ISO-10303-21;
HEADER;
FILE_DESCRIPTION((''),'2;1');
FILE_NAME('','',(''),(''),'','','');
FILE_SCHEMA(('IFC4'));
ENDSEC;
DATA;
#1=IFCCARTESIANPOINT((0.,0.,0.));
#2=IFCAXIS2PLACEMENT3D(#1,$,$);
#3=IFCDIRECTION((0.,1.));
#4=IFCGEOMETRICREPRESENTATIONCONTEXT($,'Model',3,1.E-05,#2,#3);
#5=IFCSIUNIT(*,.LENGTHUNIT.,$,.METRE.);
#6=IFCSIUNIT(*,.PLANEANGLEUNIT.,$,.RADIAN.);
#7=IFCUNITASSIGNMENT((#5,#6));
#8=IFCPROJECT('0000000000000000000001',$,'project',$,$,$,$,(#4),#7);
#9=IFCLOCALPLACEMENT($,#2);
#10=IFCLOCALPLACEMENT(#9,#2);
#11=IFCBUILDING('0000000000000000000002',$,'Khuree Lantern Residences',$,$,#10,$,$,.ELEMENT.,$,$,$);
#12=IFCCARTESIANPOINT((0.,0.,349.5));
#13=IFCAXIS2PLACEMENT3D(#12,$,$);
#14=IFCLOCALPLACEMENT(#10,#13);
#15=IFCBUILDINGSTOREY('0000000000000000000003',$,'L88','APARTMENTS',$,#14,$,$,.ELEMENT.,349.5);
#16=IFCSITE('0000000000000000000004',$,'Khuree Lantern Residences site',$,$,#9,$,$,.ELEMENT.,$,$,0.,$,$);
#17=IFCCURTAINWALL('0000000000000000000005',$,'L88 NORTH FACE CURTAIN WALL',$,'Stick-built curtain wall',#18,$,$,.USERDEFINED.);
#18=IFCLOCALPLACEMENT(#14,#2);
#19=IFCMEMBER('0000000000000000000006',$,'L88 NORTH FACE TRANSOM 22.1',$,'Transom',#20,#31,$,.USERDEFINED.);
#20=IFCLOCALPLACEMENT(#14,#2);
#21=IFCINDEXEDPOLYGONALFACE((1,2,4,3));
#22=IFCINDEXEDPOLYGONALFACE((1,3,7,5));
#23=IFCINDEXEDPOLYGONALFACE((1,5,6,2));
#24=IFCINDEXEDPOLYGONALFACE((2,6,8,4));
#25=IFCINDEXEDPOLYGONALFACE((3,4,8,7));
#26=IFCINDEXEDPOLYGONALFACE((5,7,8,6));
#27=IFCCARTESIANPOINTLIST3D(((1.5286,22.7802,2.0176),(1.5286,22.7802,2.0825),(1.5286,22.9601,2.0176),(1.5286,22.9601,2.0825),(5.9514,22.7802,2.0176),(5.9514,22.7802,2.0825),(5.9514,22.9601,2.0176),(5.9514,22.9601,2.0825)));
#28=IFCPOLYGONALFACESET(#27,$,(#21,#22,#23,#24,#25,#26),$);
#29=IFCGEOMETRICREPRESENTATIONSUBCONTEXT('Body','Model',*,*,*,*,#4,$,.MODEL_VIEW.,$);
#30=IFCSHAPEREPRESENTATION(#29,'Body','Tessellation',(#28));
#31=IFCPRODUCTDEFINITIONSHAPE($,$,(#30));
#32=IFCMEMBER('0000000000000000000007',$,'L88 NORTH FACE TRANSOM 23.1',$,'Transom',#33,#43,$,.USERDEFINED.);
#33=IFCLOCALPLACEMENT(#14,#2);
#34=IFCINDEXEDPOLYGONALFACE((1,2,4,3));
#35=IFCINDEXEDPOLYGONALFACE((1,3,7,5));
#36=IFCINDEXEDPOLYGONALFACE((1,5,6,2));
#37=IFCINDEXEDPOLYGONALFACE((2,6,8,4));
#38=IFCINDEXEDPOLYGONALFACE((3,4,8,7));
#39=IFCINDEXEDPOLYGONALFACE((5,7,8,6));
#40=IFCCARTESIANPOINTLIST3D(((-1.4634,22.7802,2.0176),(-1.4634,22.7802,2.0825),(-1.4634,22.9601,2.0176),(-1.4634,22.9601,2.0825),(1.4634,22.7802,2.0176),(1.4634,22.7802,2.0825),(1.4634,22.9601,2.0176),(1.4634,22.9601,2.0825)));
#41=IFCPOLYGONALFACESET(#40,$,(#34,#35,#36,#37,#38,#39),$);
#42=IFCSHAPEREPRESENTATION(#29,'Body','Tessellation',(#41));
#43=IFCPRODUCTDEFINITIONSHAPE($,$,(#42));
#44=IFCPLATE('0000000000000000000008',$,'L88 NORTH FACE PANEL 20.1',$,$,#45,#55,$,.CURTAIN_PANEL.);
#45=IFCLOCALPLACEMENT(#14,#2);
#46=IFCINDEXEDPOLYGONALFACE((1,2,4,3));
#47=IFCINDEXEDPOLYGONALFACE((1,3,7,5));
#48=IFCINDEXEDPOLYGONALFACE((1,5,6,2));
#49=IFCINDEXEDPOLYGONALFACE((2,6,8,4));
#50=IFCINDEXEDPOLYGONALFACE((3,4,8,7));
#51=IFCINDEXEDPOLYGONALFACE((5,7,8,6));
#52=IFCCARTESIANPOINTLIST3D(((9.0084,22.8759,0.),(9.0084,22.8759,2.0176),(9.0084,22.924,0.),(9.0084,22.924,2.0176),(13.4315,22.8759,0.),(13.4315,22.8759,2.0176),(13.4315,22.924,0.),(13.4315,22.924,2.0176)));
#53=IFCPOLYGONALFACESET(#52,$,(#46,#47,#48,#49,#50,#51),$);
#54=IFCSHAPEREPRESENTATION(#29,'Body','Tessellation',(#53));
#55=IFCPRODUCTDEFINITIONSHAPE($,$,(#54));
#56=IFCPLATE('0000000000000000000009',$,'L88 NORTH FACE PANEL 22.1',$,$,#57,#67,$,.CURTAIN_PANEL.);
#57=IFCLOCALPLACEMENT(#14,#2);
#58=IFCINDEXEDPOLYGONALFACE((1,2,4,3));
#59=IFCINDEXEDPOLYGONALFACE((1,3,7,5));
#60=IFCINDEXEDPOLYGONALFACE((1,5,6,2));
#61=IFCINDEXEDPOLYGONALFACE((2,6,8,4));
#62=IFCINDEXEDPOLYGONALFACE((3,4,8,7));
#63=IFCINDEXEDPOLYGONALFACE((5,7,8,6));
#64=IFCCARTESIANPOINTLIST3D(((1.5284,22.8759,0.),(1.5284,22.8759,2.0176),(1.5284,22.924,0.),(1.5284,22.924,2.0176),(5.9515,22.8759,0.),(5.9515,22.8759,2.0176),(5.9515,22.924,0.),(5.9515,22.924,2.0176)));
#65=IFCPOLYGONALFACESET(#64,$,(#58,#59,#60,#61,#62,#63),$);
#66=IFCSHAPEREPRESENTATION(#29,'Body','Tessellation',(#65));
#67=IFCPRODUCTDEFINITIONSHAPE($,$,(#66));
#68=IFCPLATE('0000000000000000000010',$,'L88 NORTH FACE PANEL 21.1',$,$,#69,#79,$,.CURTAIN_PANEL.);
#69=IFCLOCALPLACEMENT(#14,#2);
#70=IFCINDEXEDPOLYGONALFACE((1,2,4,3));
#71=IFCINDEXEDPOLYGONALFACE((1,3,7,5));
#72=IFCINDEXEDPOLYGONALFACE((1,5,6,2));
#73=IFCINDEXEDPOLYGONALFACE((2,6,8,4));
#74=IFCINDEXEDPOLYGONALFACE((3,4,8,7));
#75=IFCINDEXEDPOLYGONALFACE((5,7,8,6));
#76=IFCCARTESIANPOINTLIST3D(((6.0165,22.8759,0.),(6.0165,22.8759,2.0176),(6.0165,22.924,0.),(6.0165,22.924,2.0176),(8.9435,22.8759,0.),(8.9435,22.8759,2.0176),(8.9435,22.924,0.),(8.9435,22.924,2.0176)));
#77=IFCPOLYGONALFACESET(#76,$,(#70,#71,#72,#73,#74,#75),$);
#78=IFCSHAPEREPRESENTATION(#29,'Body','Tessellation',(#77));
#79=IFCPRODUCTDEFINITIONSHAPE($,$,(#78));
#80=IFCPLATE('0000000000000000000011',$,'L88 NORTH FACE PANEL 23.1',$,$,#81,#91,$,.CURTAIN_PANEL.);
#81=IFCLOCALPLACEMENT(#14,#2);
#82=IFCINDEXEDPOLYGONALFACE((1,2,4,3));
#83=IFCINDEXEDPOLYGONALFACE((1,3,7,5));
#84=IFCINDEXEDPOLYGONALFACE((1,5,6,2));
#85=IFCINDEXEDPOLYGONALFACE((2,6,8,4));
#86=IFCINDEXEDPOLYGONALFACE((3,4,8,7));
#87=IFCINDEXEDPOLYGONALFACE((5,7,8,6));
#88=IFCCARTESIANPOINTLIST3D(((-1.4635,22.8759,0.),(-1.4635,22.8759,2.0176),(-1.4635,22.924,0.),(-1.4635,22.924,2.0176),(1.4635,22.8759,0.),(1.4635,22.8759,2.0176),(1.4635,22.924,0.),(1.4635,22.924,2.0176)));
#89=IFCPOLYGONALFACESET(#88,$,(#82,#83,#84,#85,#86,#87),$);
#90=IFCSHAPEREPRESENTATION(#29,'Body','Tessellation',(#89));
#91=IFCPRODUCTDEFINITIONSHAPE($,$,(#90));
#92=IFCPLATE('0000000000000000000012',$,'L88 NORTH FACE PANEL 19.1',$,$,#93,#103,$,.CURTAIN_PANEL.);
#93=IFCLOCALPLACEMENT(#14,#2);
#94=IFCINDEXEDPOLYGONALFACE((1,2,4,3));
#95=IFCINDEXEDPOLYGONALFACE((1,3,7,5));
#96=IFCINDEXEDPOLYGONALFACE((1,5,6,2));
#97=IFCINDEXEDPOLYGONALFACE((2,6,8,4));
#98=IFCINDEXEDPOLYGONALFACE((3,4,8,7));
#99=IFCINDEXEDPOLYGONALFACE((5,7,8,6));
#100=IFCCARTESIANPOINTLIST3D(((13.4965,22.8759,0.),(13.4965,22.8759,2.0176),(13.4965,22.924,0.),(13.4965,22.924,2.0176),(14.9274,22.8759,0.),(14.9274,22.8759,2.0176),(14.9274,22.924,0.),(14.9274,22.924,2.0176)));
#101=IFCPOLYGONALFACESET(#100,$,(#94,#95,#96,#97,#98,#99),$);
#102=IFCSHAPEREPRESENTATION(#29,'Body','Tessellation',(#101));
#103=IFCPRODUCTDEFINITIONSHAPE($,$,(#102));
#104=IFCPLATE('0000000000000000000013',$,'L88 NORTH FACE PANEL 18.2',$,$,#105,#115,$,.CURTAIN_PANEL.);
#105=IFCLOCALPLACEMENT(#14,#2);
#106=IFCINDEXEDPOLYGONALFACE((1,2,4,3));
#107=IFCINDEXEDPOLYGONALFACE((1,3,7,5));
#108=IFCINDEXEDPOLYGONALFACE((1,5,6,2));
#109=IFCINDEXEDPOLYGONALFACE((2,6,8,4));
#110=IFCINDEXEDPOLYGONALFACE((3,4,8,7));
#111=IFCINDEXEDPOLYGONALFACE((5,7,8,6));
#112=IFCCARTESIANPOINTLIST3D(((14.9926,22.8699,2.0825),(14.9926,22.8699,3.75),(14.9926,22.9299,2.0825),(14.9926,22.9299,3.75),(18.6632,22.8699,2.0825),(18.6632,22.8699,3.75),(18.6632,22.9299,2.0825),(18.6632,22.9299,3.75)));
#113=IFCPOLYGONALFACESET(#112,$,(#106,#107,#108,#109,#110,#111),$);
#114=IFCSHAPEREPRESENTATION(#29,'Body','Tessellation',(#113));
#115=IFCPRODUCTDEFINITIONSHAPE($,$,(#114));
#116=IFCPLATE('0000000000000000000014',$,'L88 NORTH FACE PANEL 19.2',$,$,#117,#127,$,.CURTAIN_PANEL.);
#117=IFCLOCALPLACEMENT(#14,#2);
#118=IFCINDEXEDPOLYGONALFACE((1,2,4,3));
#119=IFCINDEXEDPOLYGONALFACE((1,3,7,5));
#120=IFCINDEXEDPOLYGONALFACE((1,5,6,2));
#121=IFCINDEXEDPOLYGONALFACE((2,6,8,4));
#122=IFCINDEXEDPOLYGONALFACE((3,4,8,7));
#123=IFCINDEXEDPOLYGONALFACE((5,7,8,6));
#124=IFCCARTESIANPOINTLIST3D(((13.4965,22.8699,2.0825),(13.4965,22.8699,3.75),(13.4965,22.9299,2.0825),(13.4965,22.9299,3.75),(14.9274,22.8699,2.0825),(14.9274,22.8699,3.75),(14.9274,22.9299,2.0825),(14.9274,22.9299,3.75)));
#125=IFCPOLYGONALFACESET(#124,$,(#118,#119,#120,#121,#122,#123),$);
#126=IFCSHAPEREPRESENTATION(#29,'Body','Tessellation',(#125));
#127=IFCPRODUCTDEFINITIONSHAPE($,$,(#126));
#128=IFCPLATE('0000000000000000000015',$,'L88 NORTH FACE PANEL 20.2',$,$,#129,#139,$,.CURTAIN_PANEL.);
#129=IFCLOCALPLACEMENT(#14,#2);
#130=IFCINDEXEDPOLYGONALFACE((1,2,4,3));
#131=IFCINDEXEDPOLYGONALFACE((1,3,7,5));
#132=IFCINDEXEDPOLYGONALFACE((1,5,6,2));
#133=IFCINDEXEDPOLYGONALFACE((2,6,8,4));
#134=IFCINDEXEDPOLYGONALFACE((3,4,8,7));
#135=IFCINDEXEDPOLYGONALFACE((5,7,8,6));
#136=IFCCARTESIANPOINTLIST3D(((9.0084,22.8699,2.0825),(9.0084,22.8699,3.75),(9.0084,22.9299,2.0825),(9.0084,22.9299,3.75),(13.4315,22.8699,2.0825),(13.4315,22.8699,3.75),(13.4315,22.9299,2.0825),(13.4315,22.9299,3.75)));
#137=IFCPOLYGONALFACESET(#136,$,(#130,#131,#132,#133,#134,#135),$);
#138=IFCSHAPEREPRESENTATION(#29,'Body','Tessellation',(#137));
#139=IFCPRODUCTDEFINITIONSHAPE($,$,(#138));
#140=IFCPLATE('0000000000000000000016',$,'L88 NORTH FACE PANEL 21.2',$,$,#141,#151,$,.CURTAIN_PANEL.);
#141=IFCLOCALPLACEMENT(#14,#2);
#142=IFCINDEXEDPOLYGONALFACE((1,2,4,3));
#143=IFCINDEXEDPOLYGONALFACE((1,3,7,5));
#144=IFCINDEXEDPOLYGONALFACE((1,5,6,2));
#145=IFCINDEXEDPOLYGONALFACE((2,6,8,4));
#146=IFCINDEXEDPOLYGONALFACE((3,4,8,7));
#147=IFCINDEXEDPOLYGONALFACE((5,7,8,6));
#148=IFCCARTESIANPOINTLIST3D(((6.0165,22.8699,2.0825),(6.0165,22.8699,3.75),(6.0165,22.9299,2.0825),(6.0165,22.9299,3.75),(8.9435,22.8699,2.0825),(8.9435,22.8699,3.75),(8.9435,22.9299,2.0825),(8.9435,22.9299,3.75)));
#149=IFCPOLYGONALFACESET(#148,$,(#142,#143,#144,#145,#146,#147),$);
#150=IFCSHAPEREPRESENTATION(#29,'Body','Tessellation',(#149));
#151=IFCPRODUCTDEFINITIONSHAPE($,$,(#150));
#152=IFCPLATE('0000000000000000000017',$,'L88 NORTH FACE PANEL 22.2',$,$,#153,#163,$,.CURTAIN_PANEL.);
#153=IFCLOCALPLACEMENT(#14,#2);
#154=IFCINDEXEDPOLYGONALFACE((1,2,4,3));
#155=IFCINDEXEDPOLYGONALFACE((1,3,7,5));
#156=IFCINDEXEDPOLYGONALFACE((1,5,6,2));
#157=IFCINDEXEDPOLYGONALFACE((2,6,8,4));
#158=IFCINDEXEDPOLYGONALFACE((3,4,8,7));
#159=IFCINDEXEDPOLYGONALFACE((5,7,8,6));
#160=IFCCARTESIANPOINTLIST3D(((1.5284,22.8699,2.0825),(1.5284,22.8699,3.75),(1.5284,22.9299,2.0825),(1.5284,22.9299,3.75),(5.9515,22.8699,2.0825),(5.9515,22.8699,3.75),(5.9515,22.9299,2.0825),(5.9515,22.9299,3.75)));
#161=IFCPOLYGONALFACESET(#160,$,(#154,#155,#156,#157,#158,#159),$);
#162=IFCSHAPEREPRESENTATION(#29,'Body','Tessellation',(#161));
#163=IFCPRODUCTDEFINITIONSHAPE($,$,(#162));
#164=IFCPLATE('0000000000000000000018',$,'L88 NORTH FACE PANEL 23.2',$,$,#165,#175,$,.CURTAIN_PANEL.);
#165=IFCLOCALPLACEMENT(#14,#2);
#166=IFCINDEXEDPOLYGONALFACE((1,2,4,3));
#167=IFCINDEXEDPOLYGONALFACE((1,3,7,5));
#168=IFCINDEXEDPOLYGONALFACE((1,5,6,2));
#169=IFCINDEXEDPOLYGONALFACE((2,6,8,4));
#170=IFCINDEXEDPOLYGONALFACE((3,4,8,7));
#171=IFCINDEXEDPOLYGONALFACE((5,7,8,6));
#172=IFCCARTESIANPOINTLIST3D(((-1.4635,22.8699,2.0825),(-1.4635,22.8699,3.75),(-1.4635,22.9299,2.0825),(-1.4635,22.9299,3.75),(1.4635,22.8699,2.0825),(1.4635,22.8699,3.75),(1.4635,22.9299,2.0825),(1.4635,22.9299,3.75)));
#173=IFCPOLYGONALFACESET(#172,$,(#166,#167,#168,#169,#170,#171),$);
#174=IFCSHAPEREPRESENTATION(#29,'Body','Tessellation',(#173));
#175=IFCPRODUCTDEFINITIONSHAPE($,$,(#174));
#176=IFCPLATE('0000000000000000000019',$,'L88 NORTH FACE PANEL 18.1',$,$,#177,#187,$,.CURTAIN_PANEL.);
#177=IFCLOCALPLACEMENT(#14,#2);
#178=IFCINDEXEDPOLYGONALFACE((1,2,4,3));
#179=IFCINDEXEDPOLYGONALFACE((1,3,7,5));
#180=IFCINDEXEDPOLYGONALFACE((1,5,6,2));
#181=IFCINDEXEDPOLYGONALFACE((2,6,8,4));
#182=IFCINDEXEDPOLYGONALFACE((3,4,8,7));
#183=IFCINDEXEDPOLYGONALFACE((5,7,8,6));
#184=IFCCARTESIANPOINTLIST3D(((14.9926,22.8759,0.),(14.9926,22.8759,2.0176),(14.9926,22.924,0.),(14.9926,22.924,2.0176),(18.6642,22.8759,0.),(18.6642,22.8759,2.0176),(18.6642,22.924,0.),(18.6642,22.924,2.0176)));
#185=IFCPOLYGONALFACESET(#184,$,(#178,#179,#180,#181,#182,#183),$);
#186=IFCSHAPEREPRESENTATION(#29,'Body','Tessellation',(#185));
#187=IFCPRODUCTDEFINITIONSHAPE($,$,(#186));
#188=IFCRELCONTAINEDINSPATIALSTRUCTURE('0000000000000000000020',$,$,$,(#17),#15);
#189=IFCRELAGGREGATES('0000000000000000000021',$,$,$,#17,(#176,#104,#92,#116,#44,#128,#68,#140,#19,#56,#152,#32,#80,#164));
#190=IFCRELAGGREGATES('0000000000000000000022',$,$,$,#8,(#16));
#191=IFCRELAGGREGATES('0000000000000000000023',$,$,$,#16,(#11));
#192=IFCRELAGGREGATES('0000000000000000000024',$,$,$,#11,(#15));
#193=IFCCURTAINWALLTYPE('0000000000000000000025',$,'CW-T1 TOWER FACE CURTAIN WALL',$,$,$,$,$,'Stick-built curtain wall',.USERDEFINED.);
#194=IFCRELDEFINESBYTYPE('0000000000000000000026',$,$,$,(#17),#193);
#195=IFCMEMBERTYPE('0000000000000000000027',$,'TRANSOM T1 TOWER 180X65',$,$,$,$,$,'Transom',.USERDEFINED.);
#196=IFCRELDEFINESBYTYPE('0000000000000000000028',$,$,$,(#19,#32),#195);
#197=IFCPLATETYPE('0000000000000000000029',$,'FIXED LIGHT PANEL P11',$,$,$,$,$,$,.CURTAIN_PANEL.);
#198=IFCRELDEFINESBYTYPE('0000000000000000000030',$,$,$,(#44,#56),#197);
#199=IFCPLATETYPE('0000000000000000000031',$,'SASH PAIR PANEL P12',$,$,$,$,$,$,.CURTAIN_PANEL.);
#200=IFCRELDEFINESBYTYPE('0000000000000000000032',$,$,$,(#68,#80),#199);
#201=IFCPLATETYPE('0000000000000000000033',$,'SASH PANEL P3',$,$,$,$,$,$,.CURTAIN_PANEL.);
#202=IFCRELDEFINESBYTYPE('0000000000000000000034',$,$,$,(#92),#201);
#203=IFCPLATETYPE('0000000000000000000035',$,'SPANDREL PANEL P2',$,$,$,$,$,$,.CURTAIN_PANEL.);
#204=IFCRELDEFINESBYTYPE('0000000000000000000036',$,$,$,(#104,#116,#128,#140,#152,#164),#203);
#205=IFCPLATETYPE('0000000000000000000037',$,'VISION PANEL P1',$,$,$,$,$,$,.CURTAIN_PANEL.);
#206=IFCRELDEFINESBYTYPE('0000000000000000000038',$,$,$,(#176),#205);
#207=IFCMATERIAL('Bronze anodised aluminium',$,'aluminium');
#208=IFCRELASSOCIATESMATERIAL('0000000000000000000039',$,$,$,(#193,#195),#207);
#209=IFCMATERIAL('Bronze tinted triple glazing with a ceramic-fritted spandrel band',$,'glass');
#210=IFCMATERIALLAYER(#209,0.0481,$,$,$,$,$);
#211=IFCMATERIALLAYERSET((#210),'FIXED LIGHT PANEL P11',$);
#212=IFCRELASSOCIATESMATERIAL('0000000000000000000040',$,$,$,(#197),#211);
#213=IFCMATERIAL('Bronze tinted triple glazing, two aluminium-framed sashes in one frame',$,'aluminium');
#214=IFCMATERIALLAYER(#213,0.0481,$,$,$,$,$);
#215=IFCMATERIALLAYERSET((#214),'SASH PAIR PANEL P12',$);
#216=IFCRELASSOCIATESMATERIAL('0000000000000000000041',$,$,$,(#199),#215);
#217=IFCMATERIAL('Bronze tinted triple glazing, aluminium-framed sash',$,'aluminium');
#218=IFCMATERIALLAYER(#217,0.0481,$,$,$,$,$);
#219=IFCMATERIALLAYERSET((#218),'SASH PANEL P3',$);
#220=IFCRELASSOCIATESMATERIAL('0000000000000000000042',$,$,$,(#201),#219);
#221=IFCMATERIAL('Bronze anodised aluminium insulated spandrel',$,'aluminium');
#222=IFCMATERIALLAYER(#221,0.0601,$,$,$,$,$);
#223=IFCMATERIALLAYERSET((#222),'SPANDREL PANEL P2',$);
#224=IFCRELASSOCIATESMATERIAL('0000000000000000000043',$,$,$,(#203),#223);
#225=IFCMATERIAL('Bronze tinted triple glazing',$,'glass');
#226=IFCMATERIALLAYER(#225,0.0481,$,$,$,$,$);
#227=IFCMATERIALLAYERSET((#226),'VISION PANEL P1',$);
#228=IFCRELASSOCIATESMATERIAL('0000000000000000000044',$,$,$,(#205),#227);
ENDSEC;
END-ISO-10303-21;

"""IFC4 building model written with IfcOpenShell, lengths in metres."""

from ifc_helpers import new_model, si_unit, direction, frame, origin, origin_2d, place, context, subcontext, project, spatial, rectangle, extrude, material, layer, layer_set, material_profile, profile_set, type_object, element, aggregate, save


model = new_model("IFC4")

# Units and contexts
model_context = context("Model", 3, precision=1e-05, world=origin(), true_north=direction((0.0, 1.0)))
body_context = subcontext(model_context, "Body", "Model", "MODEL_VIEW")
ifc_project = project(units=[si_unit("LENGTHUNIT", "METRE"), si_unit("PLANEANGLEUNIT", "RADIAN")], contexts=[model_context])

# Site, building, storey
site_placement = place(None, origin())
site = spatial("IfcSite", under=ifc_project, at=site_placement, Name="Khuree Lantern Residences site", CompositionType="ELEMENT", RefElevation=0.0)
building_placement = place(site_placement, origin())
building = spatial("IfcBuilding", under=site, at=building_placement, Name="Khuree Lantern Residences", CompositionType="ELEMENT")
storey_placement = place(building_placement, frame((0.0, 0.0, 349.5)))
storey = spatial("IfcBuildingStorey", under=building, at=storey_placement, Name="L88", Description="APARTMENTS", CompositionType="ELEMENT", Elevation=349.5)

# Curtain wall
ifc_material_1 = material(Name="Bronze anodised aluminium", Category="aluminium")
curtain_wall_type = type_object("IfcCurtainWallType", Name="CW-T1 TOWER FACE CURTAIN WALL", ElementType="Stick-built curtain wall", PredefinedType="USERDEFINED", material=ifc_material_1)
curtain_wall_placement = place(storey_placement, origin())
curtain_wall = element("IfcCurtainWall", 1, at=curtain_wall_placement, inside=storey, type_object=curtain_wall_type, Name="L88 NORTH FACE CURTAIN WALL", ObjectType="Stick-built curtain wall", PredefinedType="USERDEFINED")

# Members
ifc_material_profile_1 = material_profile(ifc_material_1, rectangle(XDim=0.1799, YDim=0.0649, at=origin_2d()), Name="T1 180X65")
ifc_profile_set_1 = profile_set([ifc_material_profile_1], Name="Bronze anodised aluminium")
member_type_1 = type_object("IfcMemberType", Name="TRANSOM T1 TOWER 180X65", ElementType="Transom", PredefinedType="USERDEFINED", material=ifc_profile_set_1)
member_1_placement = place(storey_placement, frame((5.9514, 22.8701, 2.05), z_axis=(-1.0, 0.0, 0.0), x_axis=(0.0, -1.0, 0.0)))
member_1 = element("IfcMember", 2, at=member_1_placement, type_object=member_type_1, Name="L88 NORTH FACE TRANSOM 22.1", ObjectType="Transom", PredefinedType="USERDEFINED", context=body_context, shape_type="SweptSolid", body=[
    extrude(rectangle(XDim=0.1799, YDim=0.0649, at=origin_2d()), origin(), (0.0, 0.0, 1.0), 4.4229),
])
member_2_placement = place(storey_placement, frame((1.4634, 22.8701, 2.05), z_axis=(-1.0, 0.0, 0.0), x_axis=(0.0, -1.0, 0.0)))
member_2 = element("IfcMember", 3, at=member_2_placement, type_object=member_type_1, Name="L88 NORTH FACE TRANSOM 23.1", ObjectType="Transom", PredefinedType="USERDEFINED", context=body_context, shape_type="SweptSolid", body=[
    extrude(rectangle(XDim=0.1799, YDim=0.0649, at=origin_2d()), origin(), (0.0, 0.0, 1.0), 2.9268),
])

# Plates
ifc_material_2 = material(Name="Bronze tinted triple glazing with a ceramic-fritted spandrel band", Category="glass")
ifc_layer_1 = layer(ifc_material_2, 0.0481)
ifc_layer_set_1 = layer_set([ifc_layer_1], Name="FIXED LIGHT PANEL P11")
plate_type_1 = type_object("IfcPlateType", Name="FIXED LIGHT PANEL P11", PredefinedType="CURTAIN_PANEL", material=ifc_layer_set_1)
plate_1_placement = place(storey_placement, frame((11.22, 22.8999, 0.0), z_axis=(0.0, 0.0, 1.0), x_axis=(-1.0, 0.0, 0.0)))
plate_1 = element("IfcPlate", 4, at=plate_1_placement, type_object=plate_type_1, Name="L88 NORTH FACE PANEL 20.1", PredefinedType="CURTAIN_PANEL", context=body_context, shape_type="SweptSolid", body=[
    extrude(rectangle(XDim=4.4231, YDim=0.0481, at=origin_2d()), origin(), (0.0, 0.0, 1.0), 2.0176),
])
plate_2_placement = place(storey_placement, frame((3.74, 22.8999, 0.0), z_axis=(0.0, 0.0, 1.0), x_axis=(-1.0, 0.0, 0.0)))
plate_2 = element("IfcPlate", 5, at=plate_2_placement, type_object=plate_type_1, Name="L88 NORTH FACE PANEL 22.1", PredefinedType="CURTAIN_PANEL", context=body_context, shape_type="SweptSolid", body=[
    extrude(rectangle(XDim=4.4231, YDim=0.0481, at=origin_2d()), origin(), (0.0, 0.0, 1.0), 2.0176),
])
ifc_material_3 = material(Name="Bronze tinted triple glazing, two aluminium-framed sashes in one frame", Category="aluminium")
ifc_layer_2 = layer(ifc_material_3, 0.0481)
ifc_layer_set_2 = layer_set([ifc_layer_2], Name="SASH PAIR PANEL P12")
plate_type_2 = type_object("IfcPlateType", Name="SASH PAIR PANEL P12", PredefinedType="CURTAIN_PANEL", material=ifc_layer_set_2)
plate_3_placement = place(storey_placement, frame((7.48, 22.8999, 0.0), z_axis=(0.0, 0.0, 1.0), x_axis=(-1.0, 0.0, 0.0)))
plate_3 = element("IfcPlate", 6, at=plate_3_placement, type_object=plate_type_2, Name="L88 NORTH FACE PANEL 21.1", PredefinedType="CURTAIN_PANEL", context=body_context, shape_type="SweptSolid", body=[
    extrude(rectangle(XDim=2.927, YDim=0.0481, at=origin_2d()), origin(), (0.0, 0.0, 1.0), 2.0176),
])
plate_4_placement = place(storey_placement, frame((0.0, 22.8999, 0.0), z_axis=(0.0, 0.0, 1.0), x_axis=(-1.0, 0.0, 0.0)))
plate_4 = element("IfcPlate", 7, at=plate_4_placement, type_object=plate_type_2, Name="L88 NORTH FACE PANEL 23.1", PredefinedType="CURTAIN_PANEL", context=body_context, shape_type="SweptSolid", body=[
    extrude(rectangle(XDim=2.927, YDim=0.0481, at=origin_2d()), origin(), (0.0, 0.0, 1.0), 2.0176),
])
ifc_material_4 = material(Name="Bronze tinted triple glazing, aluminium-framed sash", Category="aluminium")
ifc_layer_3 = layer(ifc_material_4, 0.0481)
ifc_layer_set_3 = layer_set([ifc_layer_3], Name="SASH PANEL P3")
plate_type_3 = type_object("IfcPlateType", Name="SASH PANEL P3", PredefinedType="CURTAIN_PANEL", material=ifc_layer_set_3)
plate_5_placement = place(storey_placement, frame((14.2119, 22.8999, 0.0), z_axis=(0.0, 0.0, 1.0), x_axis=(-1.0, 0.0, 0.0)))
plate_5 = element("IfcPlate", 8, at=plate_5_placement, type_object=plate_type_3, Name="L88 NORTH FACE PANEL 19.1", PredefinedType="CURTAIN_PANEL", context=body_context, shape_type="SweptSolid", body=[
    extrude(rectangle(XDim=1.4309, YDim=0.0481, at=origin_2d()), origin(), (0.0, 0.0, 1.0), 2.0176),
])
ifc_material_5 = material(Name="Bronze anodised aluminium insulated spandrel", Category="aluminium")
ifc_layer_4 = layer(ifc_material_5, 0.0601)
ifc_layer_set_4 = layer_set([ifc_layer_4], Name="SPANDREL PANEL P2")
plate_type_4 = type_object("IfcPlateType", Name="SPANDREL PANEL P2", PredefinedType="CURTAIN_PANEL", material=ifc_layer_set_4)
plate_6_placement = place(storey_placement, frame((16.8279, 22.8999, 2.0825), z_axis=(0.0, 0.0, 1.0), x_axis=(-1.0, 0.0, 0.0)))
plate_6 = element("IfcPlate", 9, at=plate_6_placement, type_object=plate_type_4, Name="L88 NORTH FACE PANEL 18.2", PredefinedType="CURTAIN_PANEL", context=body_context, shape_type="SweptSolid", body=[
    extrude(rectangle(XDim=3.6707, YDim=0.0601, at=origin_2d()), origin(), (0.0, 0.0, 1.0), 1.6675),
])
plate_7_placement = place(storey_placement, frame((14.2119, 22.8999, 2.0825), z_axis=(0.0, 0.0, 1.0), x_axis=(-1.0, 0.0, 0.0)))
plate_7 = element("IfcPlate", 10, at=plate_7_placement, type_object=plate_type_4, Name="L88 NORTH FACE PANEL 19.2", PredefinedType="CURTAIN_PANEL", context=body_context, shape_type="SweptSolid", body=[
    extrude(rectangle(XDim=1.4309, YDim=0.0601, at=origin_2d()), origin(), (0.0, 0.0, 1.0), 1.6675),
])
plate_8_placement = place(storey_placement, frame((11.22, 22.8999, 2.0825), z_axis=(0.0, 0.0, 1.0), x_axis=(-1.0, 0.0, 0.0)))
plate_8 = element("IfcPlate", 11, at=plate_8_placement, type_object=plate_type_4, Name="L88 NORTH FACE PANEL 20.2", PredefinedType="CURTAIN_PANEL", context=body_context, shape_type="SweptSolid", body=[
    extrude(rectangle(XDim=4.4231, YDim=0.0601, at=origin_2d()), origin(), (0.0, 0.0, 1.0), 1.6675),
])
plate_9_placement = place(storey_placement, frame((7.48, 22.8999, 2.0825), z_axis=(0.0, 0.0, 1.0), x_axis=(-1.0, 0.0, 0.0)))
plate_9 = element("IfcPlate", 12, at=plate_9_placement, type_object=plate_type_4, Name="L88 NORTH FACE PANEL 21.2", PredefinedType="CURTAIN_PANEL", context=body_context, shape_type="SweptSolid", body=[
    extrude(rectangle(XDim=2.927, YDim=0.0601, at=origin_2d()), origin(), (0.0, 0.0, 1.0), 1.6675),
])
plate_10_placement = place(storey_placement, frame((3.74, 22.8999, 2.0825), z_axis=(0.0, 0.0, 1.0), x_axis=(-1.0, 0.0, 0.0)))
plate_10 = element("IfcPlate", 13, at=plate_10_placement, type_object=plate_type_4, Name="L88 NORTH FACE PANEL 22.2", PredefinedType="CURTAIN_PANEL", context=body_context, shape_type="SweptSolid", body=[
    extrude(rectangle(XDim=4.4231, YDim=0.0601, at=origin_2d()), origin(), (0.0, 0.0, 1.0), 1.6675),
])
plate_11_placement = place(storey_placement, frame((0.0, 22.8999, 2.0825), z_axis=(0.0, 0.0, 1.0), x_axis=(-1.0, 0.0, 0.0)))
plate_11 = element("IfcPlate", 14, at=plate_11_placement, type_object=plate_type_4, Name="L88 NORTH FACE PANEL 23.2", PredefinedType="CURTAIN_PANEL", context=body_context, shape_type="SweptSolid", body=[
    extrude(rectangle(XDim=2.927, YDim=0.0601, at=origin_2d()), origin(), (0.0, 0.0, 1.0), 1.6675),
])
ifc_material_6 = material(Name="Bronze tinted triple glazing", Category="glass")
ifc_layer_5 = layer(ifc_material_6, 0.0481)
ifc_layer_set_5 = layer_set([ifc_layer_5], Name="VISION PANEL P1")
plate_type_5 = type_object("IfcPlateType", Name="VISION PANEL P1", PredefinedType="CURTAIN_PANEL", material=ifc_layer_set_5)
plate_12_placement = place(storey_placement, frame((16.8284, 22.8999, 0.0), z_axis=(0.0, 0.0, 1.0), x_axis=(-1.0, 0.0, 0.0)))
plate_12 = element("IfcPlate", 15, at=plate_12_placement, type_object=plate_type_5, Name="L88 NORTH FACE PANEL 18.1", PredefinedType="CURTAIN_PANEL", context=body_context, shape_type="SweptSolid", body=[
    extrude(rectangle(XDim=3.6716, YDim=0.0481, at=origin_2d()), origin(), (0.0, 0.0, 1.0), 2.0176),
])
aggregate(curtain_wall, [plate_12, plate_6, plate_5, plate_7, plate_1, plate_8, plate_3, plate_9, member_1, plate_2, plate_10, member_2, plate_4, plate_11])

save(model, "model.ifc")
